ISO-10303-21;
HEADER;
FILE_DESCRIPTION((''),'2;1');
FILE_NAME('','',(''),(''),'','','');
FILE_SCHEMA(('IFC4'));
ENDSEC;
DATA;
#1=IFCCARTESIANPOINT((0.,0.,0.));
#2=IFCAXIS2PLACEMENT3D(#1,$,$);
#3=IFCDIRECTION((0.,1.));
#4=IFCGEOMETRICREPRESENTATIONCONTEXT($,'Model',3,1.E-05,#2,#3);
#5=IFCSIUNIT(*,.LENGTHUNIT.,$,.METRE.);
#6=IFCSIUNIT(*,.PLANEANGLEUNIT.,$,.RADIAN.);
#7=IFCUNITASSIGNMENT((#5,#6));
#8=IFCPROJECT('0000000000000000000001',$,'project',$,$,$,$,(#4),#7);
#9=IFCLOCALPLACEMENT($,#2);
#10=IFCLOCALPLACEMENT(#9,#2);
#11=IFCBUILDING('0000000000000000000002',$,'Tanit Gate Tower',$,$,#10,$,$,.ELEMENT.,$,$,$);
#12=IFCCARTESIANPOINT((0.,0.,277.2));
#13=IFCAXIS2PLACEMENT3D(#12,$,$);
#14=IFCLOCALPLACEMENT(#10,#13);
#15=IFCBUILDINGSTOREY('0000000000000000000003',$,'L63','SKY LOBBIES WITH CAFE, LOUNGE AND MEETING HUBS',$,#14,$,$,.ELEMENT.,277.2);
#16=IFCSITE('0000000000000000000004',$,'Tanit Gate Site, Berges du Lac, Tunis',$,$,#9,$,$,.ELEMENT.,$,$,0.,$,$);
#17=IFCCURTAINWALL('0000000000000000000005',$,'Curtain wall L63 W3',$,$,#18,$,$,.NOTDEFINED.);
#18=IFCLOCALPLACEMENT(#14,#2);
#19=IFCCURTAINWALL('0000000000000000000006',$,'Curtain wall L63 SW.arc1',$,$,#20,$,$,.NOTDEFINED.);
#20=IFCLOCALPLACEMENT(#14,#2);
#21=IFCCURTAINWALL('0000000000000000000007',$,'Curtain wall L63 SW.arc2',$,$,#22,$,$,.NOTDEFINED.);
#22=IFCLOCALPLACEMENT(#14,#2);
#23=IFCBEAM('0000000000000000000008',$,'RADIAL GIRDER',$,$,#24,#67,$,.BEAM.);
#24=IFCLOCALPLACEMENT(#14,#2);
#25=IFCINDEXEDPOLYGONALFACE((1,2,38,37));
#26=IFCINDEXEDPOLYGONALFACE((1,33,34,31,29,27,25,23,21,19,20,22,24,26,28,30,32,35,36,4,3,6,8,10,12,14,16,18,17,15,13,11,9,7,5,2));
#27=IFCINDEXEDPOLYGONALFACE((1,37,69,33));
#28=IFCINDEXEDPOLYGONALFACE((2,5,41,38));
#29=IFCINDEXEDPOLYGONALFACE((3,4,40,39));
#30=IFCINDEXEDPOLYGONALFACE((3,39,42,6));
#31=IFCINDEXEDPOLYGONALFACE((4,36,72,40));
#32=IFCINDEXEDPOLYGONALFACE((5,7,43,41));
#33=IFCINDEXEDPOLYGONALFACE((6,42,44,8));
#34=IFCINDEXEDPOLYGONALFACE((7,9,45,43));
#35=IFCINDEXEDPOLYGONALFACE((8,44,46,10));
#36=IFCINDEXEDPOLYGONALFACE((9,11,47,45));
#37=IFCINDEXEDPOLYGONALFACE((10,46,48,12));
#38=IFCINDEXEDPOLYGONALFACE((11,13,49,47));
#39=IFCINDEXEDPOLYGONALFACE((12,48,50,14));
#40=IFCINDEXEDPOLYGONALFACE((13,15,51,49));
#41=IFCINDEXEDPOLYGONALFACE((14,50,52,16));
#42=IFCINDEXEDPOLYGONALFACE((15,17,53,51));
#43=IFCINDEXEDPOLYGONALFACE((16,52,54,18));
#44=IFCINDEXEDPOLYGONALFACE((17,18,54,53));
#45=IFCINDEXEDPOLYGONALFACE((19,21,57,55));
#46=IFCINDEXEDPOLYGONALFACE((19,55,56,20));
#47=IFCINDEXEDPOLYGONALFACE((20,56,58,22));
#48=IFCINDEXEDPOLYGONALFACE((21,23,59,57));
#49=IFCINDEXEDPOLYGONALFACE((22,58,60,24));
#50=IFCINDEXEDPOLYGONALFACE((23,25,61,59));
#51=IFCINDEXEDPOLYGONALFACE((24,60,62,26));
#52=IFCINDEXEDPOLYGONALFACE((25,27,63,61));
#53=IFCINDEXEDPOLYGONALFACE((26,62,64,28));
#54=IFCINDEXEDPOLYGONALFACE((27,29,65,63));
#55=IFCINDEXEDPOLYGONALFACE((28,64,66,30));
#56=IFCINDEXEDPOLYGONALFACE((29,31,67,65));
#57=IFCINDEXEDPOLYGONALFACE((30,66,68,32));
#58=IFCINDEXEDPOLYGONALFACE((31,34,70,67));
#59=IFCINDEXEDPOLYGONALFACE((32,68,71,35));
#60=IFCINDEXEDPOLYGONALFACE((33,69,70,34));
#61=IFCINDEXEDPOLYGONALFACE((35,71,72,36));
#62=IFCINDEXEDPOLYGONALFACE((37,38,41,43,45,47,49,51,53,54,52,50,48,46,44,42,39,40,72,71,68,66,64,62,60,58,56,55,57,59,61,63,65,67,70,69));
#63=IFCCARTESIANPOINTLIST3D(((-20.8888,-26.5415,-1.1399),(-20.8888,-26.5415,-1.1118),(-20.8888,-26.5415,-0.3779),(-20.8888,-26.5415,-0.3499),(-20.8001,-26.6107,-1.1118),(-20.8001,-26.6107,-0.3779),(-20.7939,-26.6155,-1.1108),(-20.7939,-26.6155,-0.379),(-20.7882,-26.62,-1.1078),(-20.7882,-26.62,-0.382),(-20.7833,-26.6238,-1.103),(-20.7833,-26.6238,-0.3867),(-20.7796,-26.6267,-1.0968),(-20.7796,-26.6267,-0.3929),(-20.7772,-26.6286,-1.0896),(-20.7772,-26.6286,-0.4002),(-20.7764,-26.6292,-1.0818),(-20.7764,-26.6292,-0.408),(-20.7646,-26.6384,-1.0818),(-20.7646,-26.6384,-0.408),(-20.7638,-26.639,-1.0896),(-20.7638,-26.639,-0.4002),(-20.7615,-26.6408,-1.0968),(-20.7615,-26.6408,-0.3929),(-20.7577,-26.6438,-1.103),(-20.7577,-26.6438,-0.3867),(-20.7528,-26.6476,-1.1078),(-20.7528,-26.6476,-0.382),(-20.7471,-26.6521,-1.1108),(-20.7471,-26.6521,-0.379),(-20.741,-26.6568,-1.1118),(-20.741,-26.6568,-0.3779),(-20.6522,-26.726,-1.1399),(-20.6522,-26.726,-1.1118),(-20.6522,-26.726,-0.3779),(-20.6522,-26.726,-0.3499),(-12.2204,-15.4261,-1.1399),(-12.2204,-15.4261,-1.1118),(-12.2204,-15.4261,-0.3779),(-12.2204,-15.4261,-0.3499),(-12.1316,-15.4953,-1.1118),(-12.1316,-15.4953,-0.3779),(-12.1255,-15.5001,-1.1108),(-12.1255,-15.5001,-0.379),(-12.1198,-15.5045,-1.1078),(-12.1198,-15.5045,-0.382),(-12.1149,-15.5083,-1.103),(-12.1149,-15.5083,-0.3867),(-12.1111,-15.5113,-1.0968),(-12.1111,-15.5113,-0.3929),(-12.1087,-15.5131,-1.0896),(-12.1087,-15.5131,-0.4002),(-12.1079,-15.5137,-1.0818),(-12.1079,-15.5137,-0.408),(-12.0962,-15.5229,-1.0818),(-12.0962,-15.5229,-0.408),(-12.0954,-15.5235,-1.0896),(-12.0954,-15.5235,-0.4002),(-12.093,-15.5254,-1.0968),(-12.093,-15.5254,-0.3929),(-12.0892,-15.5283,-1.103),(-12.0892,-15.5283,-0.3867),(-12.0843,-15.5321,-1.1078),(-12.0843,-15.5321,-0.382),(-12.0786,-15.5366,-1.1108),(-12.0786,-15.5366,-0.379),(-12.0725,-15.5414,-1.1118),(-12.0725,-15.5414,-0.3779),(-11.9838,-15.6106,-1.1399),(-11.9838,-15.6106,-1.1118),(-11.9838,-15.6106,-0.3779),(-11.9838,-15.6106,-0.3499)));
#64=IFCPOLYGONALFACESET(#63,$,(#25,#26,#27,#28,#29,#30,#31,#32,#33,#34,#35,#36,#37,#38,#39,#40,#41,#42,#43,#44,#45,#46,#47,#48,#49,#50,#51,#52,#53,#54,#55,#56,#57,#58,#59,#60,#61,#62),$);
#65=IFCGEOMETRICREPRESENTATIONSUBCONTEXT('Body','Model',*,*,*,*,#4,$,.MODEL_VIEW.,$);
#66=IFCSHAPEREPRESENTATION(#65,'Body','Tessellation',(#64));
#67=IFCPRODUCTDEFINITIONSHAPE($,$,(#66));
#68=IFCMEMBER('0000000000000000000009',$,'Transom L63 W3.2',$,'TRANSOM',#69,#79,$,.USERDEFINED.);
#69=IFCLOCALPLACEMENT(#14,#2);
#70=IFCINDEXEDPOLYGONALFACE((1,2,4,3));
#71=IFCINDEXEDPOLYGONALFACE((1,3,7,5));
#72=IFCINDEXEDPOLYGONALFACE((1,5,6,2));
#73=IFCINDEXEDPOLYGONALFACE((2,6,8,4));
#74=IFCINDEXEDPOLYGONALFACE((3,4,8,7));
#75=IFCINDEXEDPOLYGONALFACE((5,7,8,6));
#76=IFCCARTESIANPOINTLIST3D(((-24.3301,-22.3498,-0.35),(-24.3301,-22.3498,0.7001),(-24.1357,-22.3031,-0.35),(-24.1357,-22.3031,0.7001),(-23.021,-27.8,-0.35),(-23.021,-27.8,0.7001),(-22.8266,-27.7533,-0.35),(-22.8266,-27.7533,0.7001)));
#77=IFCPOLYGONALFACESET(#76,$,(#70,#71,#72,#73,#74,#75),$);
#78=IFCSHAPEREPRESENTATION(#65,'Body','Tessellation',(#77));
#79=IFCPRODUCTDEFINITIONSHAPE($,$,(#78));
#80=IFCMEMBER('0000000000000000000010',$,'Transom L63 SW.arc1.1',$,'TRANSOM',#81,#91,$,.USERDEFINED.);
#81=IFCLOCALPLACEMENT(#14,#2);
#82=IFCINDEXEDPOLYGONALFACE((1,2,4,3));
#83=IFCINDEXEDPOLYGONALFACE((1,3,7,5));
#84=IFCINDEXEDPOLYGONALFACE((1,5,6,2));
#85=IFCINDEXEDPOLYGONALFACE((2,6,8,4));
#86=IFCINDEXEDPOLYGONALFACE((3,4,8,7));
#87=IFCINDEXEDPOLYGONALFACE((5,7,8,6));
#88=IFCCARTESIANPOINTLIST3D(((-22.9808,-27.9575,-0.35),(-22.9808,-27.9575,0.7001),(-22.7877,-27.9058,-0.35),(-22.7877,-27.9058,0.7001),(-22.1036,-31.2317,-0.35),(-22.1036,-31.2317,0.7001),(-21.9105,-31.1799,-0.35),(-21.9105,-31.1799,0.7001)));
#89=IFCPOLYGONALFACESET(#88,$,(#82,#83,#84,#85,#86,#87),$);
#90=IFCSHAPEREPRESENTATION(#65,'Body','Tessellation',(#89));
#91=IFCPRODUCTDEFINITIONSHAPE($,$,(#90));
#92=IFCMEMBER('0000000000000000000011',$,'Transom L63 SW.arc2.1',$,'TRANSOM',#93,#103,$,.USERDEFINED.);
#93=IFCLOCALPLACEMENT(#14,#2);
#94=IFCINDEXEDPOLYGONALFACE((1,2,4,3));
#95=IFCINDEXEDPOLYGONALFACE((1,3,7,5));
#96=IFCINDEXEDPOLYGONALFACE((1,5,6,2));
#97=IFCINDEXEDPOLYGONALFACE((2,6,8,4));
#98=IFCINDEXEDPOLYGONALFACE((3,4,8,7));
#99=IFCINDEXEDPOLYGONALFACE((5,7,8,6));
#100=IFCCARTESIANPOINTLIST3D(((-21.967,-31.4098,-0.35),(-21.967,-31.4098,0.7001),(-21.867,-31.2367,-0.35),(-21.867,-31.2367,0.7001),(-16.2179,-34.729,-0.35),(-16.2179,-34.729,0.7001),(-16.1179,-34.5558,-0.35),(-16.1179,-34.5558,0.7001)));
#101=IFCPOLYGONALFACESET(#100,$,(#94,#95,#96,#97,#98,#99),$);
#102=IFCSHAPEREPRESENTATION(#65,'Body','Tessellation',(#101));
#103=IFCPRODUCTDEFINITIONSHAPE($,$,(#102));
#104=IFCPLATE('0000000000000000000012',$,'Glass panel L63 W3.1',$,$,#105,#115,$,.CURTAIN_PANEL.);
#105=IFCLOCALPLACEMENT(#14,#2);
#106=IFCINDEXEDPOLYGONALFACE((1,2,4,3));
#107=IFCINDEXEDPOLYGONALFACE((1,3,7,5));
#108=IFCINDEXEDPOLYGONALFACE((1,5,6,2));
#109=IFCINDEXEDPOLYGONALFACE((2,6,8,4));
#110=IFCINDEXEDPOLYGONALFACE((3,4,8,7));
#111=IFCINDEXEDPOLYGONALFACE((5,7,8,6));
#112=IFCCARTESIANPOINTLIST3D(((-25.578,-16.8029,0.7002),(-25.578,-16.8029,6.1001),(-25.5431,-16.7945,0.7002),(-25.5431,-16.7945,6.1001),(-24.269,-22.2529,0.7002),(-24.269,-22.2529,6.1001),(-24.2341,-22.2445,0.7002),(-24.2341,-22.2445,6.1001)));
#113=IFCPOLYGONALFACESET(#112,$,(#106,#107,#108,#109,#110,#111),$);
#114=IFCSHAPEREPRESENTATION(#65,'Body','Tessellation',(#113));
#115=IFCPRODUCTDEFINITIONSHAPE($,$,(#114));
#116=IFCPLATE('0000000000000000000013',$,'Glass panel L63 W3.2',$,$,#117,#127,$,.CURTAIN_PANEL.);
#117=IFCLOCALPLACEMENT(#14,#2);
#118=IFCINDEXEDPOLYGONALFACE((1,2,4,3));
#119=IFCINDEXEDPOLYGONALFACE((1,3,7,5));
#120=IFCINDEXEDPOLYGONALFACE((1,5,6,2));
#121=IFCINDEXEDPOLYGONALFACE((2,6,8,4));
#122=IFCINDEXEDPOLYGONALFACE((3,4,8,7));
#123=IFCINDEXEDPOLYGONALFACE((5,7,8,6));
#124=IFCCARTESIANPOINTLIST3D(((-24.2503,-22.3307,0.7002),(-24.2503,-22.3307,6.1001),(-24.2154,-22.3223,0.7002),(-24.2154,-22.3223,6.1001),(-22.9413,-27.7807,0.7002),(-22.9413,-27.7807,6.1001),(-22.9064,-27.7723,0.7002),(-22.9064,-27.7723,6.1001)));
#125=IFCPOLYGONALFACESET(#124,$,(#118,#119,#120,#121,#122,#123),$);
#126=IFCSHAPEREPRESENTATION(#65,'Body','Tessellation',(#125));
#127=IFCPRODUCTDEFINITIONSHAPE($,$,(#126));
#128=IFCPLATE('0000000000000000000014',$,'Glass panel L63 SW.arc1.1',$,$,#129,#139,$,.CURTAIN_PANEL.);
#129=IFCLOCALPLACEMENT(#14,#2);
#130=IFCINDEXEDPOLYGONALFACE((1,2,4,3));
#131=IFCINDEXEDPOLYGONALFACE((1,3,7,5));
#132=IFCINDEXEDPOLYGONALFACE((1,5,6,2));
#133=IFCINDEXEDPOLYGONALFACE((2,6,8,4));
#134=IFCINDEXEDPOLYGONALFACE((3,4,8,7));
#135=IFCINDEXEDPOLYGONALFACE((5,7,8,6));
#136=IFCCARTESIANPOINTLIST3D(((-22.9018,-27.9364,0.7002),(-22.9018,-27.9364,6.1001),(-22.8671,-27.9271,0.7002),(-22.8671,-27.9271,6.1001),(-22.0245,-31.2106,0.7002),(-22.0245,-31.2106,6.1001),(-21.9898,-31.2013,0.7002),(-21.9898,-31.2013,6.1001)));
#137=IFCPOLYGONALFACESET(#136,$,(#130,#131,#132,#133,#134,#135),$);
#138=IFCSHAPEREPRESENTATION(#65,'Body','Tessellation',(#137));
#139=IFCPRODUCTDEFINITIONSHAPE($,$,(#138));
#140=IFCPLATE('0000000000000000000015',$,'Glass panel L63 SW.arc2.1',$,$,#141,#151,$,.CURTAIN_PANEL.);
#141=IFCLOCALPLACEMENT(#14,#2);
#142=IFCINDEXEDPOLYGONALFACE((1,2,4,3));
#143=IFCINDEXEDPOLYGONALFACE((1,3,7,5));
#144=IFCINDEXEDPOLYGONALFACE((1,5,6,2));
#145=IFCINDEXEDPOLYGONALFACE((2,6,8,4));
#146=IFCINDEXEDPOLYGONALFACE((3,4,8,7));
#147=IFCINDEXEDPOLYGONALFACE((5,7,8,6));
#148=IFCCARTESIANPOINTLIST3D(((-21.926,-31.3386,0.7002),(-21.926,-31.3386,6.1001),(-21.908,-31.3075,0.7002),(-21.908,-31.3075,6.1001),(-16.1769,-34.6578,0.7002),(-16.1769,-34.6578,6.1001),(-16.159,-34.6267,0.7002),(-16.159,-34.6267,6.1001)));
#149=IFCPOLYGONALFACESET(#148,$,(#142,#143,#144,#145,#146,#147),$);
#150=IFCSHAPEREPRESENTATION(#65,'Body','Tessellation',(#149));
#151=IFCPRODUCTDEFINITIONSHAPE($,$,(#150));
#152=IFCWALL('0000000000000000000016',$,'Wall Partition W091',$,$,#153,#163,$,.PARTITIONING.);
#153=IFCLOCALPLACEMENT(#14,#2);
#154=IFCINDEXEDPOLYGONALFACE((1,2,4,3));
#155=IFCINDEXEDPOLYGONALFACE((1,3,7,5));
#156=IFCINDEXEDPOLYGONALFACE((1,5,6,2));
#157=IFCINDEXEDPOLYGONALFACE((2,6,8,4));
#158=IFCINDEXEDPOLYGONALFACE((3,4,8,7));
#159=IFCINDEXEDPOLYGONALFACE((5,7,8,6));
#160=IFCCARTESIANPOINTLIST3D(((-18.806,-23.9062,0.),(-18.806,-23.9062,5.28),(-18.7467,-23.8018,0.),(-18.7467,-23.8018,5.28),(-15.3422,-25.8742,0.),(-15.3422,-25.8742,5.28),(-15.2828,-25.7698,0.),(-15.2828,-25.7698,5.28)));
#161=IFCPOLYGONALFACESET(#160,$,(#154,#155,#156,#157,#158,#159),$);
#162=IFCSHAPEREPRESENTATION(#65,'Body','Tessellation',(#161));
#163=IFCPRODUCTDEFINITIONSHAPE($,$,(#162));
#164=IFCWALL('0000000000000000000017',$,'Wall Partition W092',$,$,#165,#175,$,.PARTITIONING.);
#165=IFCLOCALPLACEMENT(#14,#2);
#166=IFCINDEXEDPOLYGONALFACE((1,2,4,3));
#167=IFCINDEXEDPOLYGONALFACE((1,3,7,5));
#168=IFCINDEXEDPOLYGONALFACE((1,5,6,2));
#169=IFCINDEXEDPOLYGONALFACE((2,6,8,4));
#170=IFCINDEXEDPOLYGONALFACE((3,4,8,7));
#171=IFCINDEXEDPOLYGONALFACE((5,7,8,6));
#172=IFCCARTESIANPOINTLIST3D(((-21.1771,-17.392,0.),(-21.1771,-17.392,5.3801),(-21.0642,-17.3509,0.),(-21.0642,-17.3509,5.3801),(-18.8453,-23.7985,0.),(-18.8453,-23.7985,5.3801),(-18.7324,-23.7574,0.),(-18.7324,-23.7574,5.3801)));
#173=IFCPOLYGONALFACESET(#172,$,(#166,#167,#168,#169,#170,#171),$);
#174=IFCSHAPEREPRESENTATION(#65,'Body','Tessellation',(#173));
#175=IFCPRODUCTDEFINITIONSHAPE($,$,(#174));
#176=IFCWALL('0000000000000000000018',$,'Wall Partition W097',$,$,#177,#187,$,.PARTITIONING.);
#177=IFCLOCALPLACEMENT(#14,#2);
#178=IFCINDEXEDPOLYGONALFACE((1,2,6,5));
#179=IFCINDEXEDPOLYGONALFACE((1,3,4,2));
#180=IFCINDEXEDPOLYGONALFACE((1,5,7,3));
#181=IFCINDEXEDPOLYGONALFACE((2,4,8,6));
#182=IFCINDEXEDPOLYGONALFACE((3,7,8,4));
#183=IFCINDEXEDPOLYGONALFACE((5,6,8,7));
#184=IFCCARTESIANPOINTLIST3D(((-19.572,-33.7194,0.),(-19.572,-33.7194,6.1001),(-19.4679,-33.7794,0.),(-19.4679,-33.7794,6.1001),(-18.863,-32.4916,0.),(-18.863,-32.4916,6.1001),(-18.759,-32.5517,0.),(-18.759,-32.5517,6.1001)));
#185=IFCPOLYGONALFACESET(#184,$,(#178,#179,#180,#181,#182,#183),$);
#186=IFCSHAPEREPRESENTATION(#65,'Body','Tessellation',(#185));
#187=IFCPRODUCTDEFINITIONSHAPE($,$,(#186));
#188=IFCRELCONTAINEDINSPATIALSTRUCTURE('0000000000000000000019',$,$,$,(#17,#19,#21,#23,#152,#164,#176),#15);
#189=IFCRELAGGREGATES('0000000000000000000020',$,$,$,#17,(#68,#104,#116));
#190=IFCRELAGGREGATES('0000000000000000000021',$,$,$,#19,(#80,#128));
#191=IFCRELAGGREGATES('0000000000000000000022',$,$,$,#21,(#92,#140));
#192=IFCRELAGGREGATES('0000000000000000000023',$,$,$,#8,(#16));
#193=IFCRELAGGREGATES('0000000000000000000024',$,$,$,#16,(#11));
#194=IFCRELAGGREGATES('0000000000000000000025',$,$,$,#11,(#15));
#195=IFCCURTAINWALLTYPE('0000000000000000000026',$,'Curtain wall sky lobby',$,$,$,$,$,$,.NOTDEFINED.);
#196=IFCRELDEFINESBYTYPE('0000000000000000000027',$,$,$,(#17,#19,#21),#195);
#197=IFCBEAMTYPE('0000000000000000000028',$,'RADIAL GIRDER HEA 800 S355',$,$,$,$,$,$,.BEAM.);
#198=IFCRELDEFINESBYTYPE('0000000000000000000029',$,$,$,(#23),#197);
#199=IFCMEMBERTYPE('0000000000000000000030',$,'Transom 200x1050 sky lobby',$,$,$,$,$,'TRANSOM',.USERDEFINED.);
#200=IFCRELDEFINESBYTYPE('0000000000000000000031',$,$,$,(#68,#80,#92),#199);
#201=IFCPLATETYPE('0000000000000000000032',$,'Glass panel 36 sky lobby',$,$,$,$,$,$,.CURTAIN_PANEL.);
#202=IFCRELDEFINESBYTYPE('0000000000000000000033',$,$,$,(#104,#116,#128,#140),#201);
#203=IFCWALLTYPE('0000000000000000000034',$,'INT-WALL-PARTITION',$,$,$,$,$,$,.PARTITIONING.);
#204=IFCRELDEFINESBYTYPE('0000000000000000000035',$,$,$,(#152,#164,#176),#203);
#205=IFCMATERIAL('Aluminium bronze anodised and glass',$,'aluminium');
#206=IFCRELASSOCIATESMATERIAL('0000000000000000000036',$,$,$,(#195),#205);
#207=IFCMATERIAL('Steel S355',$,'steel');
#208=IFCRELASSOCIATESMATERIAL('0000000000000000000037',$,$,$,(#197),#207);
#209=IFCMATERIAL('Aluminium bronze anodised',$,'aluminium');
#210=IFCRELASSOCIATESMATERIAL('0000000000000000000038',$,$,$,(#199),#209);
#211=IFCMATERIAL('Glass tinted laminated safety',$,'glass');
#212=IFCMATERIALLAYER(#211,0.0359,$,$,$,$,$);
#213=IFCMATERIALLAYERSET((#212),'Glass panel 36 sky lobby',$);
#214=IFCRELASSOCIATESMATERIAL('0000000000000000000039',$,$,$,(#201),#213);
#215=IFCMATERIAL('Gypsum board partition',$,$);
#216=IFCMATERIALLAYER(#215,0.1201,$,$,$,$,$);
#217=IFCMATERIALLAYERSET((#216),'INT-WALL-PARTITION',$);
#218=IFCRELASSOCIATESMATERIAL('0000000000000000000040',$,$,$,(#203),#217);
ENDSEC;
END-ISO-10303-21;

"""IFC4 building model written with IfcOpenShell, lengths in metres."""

from ifc_helpers import new_model, si_unit, direction, frame, frame_2d, origin, origin_2d, place, context, subcontext, project, spatial, rectangle, i_section, extrude, material, layer, layer_set, material_profile, profile_set, type_object, element, aggregate, save


model = new_model("IFC4")

# Units and contexts
model_context = context("Model", 3, precision=1e-05, world=origin(), true_north=direction((0.0, 1.0)))
body_context = subcontext(model_context, "Body", "Model", "MODEL_VIEW")
ifc_project = project(units=[si_unit("LENGTHUNIT", "METRE"), si_unit("PLANEANGLEUNIT", "RADIAN")], contexts=[model_context])

# Site, building, storey
site_placement = place(None, origin())
site = spatial("IfcSite", under=ifc_project, at=site_placement, Name="Tanit Gate Site, Berges du Lac, Tunis", CompositionType="ELEMENT", RefElevation=0.0)
building_placement = place(site_placement, origin())
building = spatial("IfcBuilding", under=site, at=building_placement, Name="Tanit Gate Tower", CompositionType="ELEMENT")
storey_placement = place(building_placement, frame((0.0, 0.0, 277.2)))
storey = spatial("IfcBuildingStorey", under=building, at=storey_placement, Name="L63", Description="SKY LOBBIES WITH CAFE, LOUNGE AND MEETING HUBS", CompositionType="ELEMENT", Elevation=277.2)

# Curtain walls
ifc_material_1 = material(Name="Aluminium bronze anodised and glass", Category="aluminium")
curtain_wall_type = type_object("IfcCurtainWallType", Name="Curtain wall sky lobby", PredefinedType="NOTDEFINED", material=ifc_material_1)
curtain_wall_1_placement = place(storey_placement, origin())
curtain_wall_1 = element("IfcCurtainWall", 1, at=curtain_wall_1_placement, inside=storey, type_object=curtain_wall_type, Name="Curtain wall L63 W3", PredefinedType="NOTDEFINED")
curtain_wall_2_placement = place(storey_placement, origin())
curtain_wall_2 = element("IfcCurtainWall", 2, at=curtain_wall_2_placement, inside=storey, type_object=curtain_wall_type, Name="Curtain wall L63 SW.arc1", PredefinedType="NOTDEFINED")

# Curtain wall
curtain_wall_3_placement = place(storey_placement, origin())
curtain_wall_3 = element("IfcCurtainWall", 3, at=curtain_wall_3_placement, inside=storey, type_object=curtain_wall_type, Name="Curtain wall L63 SW.arc2", PredefinedType="NOTDEFINED")

# Beam
ifc_material_2 = material(Name="Steel S355", Category="steel")
ifc_material_profile_1 = material_profile(ifc_material_2, i_section(OverallWidth=0.3, OverallDepth=0.79, WebThickness=0.0149, FlangeThickness=0.0281, FilletRadius=0.03, at=origin_2d()), Name="HEA 800")
ifc_profile_set_1 = profile_set([ifc_material_profile_1], Name="Steel S355")
beam_type_1 = type_object("IfcBeamType", Name="RADIAL GIRDER HEA 800 S355", PredefinedType="BEAM", material=ifc_profile_set_1)
beam_1_placement = place(storey_placement, frame((-20.7705, -26.6338, -0.7449), z_axis=(0.614961, 0.788558, 0.0), x_axis=(-0.788558, 0.614961, 0.0)))
element("IfcBeam", 4, at=beam_1_placement, inside=storey, type_object=beam_type_1, Name="RADIAL GIRDER", PredefinedType="BEAM", context=body_context, shape_type="SweptSolid", body=[
    extrude(i_section(OverallWidth=0.3, OverallDepth=0.79, WebThickness=0.0149, FlangeThickness=0.0281, FilletRadius=0.03, at=origin_2d()), origin(), (0.0, 0.0, 1.0), 14.0959),
])

# Members
ifc_material_3 = material(Name="Aluminium bronze anodised", Category="aluminium")
ifc_material_profile_2 = material_profile(ifc_material_3, rectangle(XDim=0.2, YDim=1.05, at=origin_2d()), Name="200x1050 bronze transom")
ifc_profile_set_2 = profile_set([ifc_material_profile_2], Name="Aluminium bronze anodised")
member_type_1 = type_object("IfcMemberType", Name="Transom 200x1050 sky lobby", ElementType="TRANSOM", PredefinedType="USERDEFINED", material=ifc_profile_set_2)
member_1_placement = place(storey_placement, frame((-24.2329, -22.3264, 0.175), z_axis=(0.233548, -0.972345, 0.0), x_axis=(0.972345, 0.233548, 0.0)))
member_1 = element("IfcMember", 5, at=member_1_placement, type_object=member_type_1, Name="Transom L63 W3.2", ObjectType="TRANSOM", PredefinedType="USERDEFINED", context=body_context, shape_type="SweptSolid", body=[
    extrude(rectangle(XDim=0.2, YDim=1.05, at=origin_2d()), origin(), (0.0, 0.0, 1.0), 5.6052),
])
member_2_placement = place(storey_placement, frame((-22.8843, -27.9316, 0.175), z_axis=(0.258788, -0.965934, 0.0), x_axis=(0.965934, 0.258788, 0.0)))
member_2 = element("IfcMember", 6, at=member_2_placement, type_object=member_type_1, Name="Transom L63 SW.arc1.1", ObjectType="TRANSOM", PredefinedType="USERDEFINED", context=body_context, shape_type="SweptSolid", body=[
    extrude(rectangle(XDim=0.2, YDim=1.05, at=origin_2d()), origin(), (0.0, 0.0, 1.0), 3.3896),
])
member_3_placement = place(storey_placement, frame((-21.917, -31.3232, 0.175), z_axis=(0.866032, -0.499988, 0.0), x_axis=(0.499988, 0.866032, 0.0)))
member_3 = element("IfcMember", 7, at=member_3_placement, type_object=member_type_1, Name="Transom L63 SW.arc2.1", ObjectType="TRANSOM", PredefinedType="USERDEFINED", context=body_context, shape_type="SweptSolid", body=[
    extrude(rectangle(XDim=0.2, YDim=1.05, at=origin_2d()), origin(), (0.0, 0.0, 1.0), 6.6384),
])

# Plates
ifc_material_4 = material(Name="Glass tinted laminated safety", Category="glass")
ifc_layer_1 = layer(ifc_material_4, 0.0359)
ifc_layer_set_1 = layer_set([ifc_layer_1], Name="Glass panel 36 sky lobby")
plate_type = type_object("IfcPlateType", Name="Glass panel 36 sky lobby", PredefinedType="CURTAIN_PANEL", material=ifc_layer_set_1)
plate_1_placement = place(storey_placement, frame((-24.906, -19.5237, 0.7002), z_axis=(0.0, 0.0, 1.0), x_axis=(0.233542, -0.972347, 0.0)))
plate_1 = element("IfcPlate", 8, at=plate_1_placement, type_object=plate_type, Name="Glass panel L63 W3.1", PredefinedType="CURTAIN_PANEL", context=body_context, shape_type="SweptSolid", body=[
    extrude(rectangle(XDim=5.605, YDim=0.0359, at=origin_2d()), origin(), (0.0, 0.0, 1.0), 5.3999),
])
plate_2_placement = place(storey_placement, frame((-23.5784, -25.0515, 0.7002), z_axis=(0.0, 0.0, 1.0), x_axis=(0.233542, -0.972347, 0.0)))
plate_2 = element("IfcPlate", 9, at=plate_2_placement, type_object=plate_type, Name="Glass panel L63 W3.2", PredefinedType="CURTAIN_PANEL", context=body_context, shape_type="SweptSolid", body=[
    extrude(rectangle(XDim=5.605, YDim=0.0359, at=origin_2d()), origin(), (0.0, 0.0, 1.0), 5.3999),
])
aggregate(curtain_wall_1, [member_1, plate_1, plate_2])
plate_3_placement = place(storey_placement, frame((-22.4458, -29.5688, 0.7002), z_axis=(0.0, 0.0, 1.0), x_axis=(0.258819, -0.965926, 0.0)))
plate_3 = element("IfcPlate", 10, at=plate_3_placement, type_object=plate_type, Name="Glass panel L63 SW.arc1.1", PredefinedType="CURTAIN_PANEL", context=body_context, shape_type="SweptSolid", body=[
    extrude(rectangle(XDim=3.3896, YDim=0.0359, at=origin_2d()), origin(), (0.0, 0.0, 1.0), 5.3999),
])
aggregate(curtain_wall_2, [member_2, plate_3])
plate_4_placement = place(storey_placement, frame((-19.0425, -32.9827, 0.7002), z_axis=(0.0, 0.0, 1.0), x_axis=(0.866025, -0.5, 0.0)))
plate_4 = element("IfcPlate", 11, at=plate_4_placement, type_object=plate_type, Name="Glass panel L63 SW.arc2.1", PredefinedType="CURTAIN_PANEL", context=body_context, shape_type="SweptSolid", body=[
    extrude(rectangle(XDim=6.6384, YDim=0.0359, at=origin_2d()), origin(), (0.0, 0.0, 1.0), 5.3999),
])
aggregate(curtain_wall_3, [member_3, plate_4])

# Walls
ifc_material_5 = material(Name="Gypsum board partition")
ifc_layer_2 = layer(ifc_material_5, 0.1201)
ifc_layer_set_2 = layer_set([ifc_layer_2], Name="INT-WALL-PARTITION")
wall_type = type_object("IfcWallType", Name="INT-WALL-PARTITION", PredefinedType="PARTITIONING", material=ifc_layer_set_2)
wall_1_placement = place(storey_placement, frame((-18.7764, -23.854, 0.0), z_axis=(0.0, 0.0, 1.0), x_axis=(0.869466, -0.493993, 0.0)))
element("IfcWall", 12, at=wall_1_placement, inside=storey, type_object=wall_type, Name="Wall Partition W091", PredefinedType="PARTITIONING", context=body_context, shape_type="SweptSolid", body=[
    extrude(rectangle(XDim=3.9839, YDim=0.1201, at=frame_2d((1.9919, 0.0))), origin(), (0.0, 0.0, 1.0), 5.28),
])
wall_2_placement = place(storey_placement, frame((-21.1206, -17.3716, 0.0), z_axis=(0.0, 0.0, 1.0), x_axis=(0.342022, -0.939692, 0.0)))
element("IfcWall", 13, at=wall_2_placement, inside=storey, type_object=wall_type, Name="Wall Partition W092", PredefinedType="PARTITIONING", context=body_context, shape_type="SweptSolid", body=[
    extrude(rectangle(XDim=6.8176, YDim=0.1201, at=frame_2d((3.4087, 0.0))), origin(), (0.0, 0.0, 1.0), 5.3801),
])
wall_3_placement = place(storey_placement, frame((-19.52, -33.7495, 0.0), z_axis=(0.0, 0.0, 1.0), x_axis=(0.500065, 0.865988, 0.0)))
element("IfcWall", 14, at=wall_3_placement, inside=storey, type_object=wall_type, Name="Wall Partition W097", PredefinedType="PARTITIONING", context=body_context, shape_type="SweptSolid", body=[
    extrude(rectangle(XDim=1.4177, YDim=0.1201, at=frame_2d((0.709, 0.0))), origin(), (0.0, 0.0, 1.0), 6.1001),
])

save(model, "model.ifc")
